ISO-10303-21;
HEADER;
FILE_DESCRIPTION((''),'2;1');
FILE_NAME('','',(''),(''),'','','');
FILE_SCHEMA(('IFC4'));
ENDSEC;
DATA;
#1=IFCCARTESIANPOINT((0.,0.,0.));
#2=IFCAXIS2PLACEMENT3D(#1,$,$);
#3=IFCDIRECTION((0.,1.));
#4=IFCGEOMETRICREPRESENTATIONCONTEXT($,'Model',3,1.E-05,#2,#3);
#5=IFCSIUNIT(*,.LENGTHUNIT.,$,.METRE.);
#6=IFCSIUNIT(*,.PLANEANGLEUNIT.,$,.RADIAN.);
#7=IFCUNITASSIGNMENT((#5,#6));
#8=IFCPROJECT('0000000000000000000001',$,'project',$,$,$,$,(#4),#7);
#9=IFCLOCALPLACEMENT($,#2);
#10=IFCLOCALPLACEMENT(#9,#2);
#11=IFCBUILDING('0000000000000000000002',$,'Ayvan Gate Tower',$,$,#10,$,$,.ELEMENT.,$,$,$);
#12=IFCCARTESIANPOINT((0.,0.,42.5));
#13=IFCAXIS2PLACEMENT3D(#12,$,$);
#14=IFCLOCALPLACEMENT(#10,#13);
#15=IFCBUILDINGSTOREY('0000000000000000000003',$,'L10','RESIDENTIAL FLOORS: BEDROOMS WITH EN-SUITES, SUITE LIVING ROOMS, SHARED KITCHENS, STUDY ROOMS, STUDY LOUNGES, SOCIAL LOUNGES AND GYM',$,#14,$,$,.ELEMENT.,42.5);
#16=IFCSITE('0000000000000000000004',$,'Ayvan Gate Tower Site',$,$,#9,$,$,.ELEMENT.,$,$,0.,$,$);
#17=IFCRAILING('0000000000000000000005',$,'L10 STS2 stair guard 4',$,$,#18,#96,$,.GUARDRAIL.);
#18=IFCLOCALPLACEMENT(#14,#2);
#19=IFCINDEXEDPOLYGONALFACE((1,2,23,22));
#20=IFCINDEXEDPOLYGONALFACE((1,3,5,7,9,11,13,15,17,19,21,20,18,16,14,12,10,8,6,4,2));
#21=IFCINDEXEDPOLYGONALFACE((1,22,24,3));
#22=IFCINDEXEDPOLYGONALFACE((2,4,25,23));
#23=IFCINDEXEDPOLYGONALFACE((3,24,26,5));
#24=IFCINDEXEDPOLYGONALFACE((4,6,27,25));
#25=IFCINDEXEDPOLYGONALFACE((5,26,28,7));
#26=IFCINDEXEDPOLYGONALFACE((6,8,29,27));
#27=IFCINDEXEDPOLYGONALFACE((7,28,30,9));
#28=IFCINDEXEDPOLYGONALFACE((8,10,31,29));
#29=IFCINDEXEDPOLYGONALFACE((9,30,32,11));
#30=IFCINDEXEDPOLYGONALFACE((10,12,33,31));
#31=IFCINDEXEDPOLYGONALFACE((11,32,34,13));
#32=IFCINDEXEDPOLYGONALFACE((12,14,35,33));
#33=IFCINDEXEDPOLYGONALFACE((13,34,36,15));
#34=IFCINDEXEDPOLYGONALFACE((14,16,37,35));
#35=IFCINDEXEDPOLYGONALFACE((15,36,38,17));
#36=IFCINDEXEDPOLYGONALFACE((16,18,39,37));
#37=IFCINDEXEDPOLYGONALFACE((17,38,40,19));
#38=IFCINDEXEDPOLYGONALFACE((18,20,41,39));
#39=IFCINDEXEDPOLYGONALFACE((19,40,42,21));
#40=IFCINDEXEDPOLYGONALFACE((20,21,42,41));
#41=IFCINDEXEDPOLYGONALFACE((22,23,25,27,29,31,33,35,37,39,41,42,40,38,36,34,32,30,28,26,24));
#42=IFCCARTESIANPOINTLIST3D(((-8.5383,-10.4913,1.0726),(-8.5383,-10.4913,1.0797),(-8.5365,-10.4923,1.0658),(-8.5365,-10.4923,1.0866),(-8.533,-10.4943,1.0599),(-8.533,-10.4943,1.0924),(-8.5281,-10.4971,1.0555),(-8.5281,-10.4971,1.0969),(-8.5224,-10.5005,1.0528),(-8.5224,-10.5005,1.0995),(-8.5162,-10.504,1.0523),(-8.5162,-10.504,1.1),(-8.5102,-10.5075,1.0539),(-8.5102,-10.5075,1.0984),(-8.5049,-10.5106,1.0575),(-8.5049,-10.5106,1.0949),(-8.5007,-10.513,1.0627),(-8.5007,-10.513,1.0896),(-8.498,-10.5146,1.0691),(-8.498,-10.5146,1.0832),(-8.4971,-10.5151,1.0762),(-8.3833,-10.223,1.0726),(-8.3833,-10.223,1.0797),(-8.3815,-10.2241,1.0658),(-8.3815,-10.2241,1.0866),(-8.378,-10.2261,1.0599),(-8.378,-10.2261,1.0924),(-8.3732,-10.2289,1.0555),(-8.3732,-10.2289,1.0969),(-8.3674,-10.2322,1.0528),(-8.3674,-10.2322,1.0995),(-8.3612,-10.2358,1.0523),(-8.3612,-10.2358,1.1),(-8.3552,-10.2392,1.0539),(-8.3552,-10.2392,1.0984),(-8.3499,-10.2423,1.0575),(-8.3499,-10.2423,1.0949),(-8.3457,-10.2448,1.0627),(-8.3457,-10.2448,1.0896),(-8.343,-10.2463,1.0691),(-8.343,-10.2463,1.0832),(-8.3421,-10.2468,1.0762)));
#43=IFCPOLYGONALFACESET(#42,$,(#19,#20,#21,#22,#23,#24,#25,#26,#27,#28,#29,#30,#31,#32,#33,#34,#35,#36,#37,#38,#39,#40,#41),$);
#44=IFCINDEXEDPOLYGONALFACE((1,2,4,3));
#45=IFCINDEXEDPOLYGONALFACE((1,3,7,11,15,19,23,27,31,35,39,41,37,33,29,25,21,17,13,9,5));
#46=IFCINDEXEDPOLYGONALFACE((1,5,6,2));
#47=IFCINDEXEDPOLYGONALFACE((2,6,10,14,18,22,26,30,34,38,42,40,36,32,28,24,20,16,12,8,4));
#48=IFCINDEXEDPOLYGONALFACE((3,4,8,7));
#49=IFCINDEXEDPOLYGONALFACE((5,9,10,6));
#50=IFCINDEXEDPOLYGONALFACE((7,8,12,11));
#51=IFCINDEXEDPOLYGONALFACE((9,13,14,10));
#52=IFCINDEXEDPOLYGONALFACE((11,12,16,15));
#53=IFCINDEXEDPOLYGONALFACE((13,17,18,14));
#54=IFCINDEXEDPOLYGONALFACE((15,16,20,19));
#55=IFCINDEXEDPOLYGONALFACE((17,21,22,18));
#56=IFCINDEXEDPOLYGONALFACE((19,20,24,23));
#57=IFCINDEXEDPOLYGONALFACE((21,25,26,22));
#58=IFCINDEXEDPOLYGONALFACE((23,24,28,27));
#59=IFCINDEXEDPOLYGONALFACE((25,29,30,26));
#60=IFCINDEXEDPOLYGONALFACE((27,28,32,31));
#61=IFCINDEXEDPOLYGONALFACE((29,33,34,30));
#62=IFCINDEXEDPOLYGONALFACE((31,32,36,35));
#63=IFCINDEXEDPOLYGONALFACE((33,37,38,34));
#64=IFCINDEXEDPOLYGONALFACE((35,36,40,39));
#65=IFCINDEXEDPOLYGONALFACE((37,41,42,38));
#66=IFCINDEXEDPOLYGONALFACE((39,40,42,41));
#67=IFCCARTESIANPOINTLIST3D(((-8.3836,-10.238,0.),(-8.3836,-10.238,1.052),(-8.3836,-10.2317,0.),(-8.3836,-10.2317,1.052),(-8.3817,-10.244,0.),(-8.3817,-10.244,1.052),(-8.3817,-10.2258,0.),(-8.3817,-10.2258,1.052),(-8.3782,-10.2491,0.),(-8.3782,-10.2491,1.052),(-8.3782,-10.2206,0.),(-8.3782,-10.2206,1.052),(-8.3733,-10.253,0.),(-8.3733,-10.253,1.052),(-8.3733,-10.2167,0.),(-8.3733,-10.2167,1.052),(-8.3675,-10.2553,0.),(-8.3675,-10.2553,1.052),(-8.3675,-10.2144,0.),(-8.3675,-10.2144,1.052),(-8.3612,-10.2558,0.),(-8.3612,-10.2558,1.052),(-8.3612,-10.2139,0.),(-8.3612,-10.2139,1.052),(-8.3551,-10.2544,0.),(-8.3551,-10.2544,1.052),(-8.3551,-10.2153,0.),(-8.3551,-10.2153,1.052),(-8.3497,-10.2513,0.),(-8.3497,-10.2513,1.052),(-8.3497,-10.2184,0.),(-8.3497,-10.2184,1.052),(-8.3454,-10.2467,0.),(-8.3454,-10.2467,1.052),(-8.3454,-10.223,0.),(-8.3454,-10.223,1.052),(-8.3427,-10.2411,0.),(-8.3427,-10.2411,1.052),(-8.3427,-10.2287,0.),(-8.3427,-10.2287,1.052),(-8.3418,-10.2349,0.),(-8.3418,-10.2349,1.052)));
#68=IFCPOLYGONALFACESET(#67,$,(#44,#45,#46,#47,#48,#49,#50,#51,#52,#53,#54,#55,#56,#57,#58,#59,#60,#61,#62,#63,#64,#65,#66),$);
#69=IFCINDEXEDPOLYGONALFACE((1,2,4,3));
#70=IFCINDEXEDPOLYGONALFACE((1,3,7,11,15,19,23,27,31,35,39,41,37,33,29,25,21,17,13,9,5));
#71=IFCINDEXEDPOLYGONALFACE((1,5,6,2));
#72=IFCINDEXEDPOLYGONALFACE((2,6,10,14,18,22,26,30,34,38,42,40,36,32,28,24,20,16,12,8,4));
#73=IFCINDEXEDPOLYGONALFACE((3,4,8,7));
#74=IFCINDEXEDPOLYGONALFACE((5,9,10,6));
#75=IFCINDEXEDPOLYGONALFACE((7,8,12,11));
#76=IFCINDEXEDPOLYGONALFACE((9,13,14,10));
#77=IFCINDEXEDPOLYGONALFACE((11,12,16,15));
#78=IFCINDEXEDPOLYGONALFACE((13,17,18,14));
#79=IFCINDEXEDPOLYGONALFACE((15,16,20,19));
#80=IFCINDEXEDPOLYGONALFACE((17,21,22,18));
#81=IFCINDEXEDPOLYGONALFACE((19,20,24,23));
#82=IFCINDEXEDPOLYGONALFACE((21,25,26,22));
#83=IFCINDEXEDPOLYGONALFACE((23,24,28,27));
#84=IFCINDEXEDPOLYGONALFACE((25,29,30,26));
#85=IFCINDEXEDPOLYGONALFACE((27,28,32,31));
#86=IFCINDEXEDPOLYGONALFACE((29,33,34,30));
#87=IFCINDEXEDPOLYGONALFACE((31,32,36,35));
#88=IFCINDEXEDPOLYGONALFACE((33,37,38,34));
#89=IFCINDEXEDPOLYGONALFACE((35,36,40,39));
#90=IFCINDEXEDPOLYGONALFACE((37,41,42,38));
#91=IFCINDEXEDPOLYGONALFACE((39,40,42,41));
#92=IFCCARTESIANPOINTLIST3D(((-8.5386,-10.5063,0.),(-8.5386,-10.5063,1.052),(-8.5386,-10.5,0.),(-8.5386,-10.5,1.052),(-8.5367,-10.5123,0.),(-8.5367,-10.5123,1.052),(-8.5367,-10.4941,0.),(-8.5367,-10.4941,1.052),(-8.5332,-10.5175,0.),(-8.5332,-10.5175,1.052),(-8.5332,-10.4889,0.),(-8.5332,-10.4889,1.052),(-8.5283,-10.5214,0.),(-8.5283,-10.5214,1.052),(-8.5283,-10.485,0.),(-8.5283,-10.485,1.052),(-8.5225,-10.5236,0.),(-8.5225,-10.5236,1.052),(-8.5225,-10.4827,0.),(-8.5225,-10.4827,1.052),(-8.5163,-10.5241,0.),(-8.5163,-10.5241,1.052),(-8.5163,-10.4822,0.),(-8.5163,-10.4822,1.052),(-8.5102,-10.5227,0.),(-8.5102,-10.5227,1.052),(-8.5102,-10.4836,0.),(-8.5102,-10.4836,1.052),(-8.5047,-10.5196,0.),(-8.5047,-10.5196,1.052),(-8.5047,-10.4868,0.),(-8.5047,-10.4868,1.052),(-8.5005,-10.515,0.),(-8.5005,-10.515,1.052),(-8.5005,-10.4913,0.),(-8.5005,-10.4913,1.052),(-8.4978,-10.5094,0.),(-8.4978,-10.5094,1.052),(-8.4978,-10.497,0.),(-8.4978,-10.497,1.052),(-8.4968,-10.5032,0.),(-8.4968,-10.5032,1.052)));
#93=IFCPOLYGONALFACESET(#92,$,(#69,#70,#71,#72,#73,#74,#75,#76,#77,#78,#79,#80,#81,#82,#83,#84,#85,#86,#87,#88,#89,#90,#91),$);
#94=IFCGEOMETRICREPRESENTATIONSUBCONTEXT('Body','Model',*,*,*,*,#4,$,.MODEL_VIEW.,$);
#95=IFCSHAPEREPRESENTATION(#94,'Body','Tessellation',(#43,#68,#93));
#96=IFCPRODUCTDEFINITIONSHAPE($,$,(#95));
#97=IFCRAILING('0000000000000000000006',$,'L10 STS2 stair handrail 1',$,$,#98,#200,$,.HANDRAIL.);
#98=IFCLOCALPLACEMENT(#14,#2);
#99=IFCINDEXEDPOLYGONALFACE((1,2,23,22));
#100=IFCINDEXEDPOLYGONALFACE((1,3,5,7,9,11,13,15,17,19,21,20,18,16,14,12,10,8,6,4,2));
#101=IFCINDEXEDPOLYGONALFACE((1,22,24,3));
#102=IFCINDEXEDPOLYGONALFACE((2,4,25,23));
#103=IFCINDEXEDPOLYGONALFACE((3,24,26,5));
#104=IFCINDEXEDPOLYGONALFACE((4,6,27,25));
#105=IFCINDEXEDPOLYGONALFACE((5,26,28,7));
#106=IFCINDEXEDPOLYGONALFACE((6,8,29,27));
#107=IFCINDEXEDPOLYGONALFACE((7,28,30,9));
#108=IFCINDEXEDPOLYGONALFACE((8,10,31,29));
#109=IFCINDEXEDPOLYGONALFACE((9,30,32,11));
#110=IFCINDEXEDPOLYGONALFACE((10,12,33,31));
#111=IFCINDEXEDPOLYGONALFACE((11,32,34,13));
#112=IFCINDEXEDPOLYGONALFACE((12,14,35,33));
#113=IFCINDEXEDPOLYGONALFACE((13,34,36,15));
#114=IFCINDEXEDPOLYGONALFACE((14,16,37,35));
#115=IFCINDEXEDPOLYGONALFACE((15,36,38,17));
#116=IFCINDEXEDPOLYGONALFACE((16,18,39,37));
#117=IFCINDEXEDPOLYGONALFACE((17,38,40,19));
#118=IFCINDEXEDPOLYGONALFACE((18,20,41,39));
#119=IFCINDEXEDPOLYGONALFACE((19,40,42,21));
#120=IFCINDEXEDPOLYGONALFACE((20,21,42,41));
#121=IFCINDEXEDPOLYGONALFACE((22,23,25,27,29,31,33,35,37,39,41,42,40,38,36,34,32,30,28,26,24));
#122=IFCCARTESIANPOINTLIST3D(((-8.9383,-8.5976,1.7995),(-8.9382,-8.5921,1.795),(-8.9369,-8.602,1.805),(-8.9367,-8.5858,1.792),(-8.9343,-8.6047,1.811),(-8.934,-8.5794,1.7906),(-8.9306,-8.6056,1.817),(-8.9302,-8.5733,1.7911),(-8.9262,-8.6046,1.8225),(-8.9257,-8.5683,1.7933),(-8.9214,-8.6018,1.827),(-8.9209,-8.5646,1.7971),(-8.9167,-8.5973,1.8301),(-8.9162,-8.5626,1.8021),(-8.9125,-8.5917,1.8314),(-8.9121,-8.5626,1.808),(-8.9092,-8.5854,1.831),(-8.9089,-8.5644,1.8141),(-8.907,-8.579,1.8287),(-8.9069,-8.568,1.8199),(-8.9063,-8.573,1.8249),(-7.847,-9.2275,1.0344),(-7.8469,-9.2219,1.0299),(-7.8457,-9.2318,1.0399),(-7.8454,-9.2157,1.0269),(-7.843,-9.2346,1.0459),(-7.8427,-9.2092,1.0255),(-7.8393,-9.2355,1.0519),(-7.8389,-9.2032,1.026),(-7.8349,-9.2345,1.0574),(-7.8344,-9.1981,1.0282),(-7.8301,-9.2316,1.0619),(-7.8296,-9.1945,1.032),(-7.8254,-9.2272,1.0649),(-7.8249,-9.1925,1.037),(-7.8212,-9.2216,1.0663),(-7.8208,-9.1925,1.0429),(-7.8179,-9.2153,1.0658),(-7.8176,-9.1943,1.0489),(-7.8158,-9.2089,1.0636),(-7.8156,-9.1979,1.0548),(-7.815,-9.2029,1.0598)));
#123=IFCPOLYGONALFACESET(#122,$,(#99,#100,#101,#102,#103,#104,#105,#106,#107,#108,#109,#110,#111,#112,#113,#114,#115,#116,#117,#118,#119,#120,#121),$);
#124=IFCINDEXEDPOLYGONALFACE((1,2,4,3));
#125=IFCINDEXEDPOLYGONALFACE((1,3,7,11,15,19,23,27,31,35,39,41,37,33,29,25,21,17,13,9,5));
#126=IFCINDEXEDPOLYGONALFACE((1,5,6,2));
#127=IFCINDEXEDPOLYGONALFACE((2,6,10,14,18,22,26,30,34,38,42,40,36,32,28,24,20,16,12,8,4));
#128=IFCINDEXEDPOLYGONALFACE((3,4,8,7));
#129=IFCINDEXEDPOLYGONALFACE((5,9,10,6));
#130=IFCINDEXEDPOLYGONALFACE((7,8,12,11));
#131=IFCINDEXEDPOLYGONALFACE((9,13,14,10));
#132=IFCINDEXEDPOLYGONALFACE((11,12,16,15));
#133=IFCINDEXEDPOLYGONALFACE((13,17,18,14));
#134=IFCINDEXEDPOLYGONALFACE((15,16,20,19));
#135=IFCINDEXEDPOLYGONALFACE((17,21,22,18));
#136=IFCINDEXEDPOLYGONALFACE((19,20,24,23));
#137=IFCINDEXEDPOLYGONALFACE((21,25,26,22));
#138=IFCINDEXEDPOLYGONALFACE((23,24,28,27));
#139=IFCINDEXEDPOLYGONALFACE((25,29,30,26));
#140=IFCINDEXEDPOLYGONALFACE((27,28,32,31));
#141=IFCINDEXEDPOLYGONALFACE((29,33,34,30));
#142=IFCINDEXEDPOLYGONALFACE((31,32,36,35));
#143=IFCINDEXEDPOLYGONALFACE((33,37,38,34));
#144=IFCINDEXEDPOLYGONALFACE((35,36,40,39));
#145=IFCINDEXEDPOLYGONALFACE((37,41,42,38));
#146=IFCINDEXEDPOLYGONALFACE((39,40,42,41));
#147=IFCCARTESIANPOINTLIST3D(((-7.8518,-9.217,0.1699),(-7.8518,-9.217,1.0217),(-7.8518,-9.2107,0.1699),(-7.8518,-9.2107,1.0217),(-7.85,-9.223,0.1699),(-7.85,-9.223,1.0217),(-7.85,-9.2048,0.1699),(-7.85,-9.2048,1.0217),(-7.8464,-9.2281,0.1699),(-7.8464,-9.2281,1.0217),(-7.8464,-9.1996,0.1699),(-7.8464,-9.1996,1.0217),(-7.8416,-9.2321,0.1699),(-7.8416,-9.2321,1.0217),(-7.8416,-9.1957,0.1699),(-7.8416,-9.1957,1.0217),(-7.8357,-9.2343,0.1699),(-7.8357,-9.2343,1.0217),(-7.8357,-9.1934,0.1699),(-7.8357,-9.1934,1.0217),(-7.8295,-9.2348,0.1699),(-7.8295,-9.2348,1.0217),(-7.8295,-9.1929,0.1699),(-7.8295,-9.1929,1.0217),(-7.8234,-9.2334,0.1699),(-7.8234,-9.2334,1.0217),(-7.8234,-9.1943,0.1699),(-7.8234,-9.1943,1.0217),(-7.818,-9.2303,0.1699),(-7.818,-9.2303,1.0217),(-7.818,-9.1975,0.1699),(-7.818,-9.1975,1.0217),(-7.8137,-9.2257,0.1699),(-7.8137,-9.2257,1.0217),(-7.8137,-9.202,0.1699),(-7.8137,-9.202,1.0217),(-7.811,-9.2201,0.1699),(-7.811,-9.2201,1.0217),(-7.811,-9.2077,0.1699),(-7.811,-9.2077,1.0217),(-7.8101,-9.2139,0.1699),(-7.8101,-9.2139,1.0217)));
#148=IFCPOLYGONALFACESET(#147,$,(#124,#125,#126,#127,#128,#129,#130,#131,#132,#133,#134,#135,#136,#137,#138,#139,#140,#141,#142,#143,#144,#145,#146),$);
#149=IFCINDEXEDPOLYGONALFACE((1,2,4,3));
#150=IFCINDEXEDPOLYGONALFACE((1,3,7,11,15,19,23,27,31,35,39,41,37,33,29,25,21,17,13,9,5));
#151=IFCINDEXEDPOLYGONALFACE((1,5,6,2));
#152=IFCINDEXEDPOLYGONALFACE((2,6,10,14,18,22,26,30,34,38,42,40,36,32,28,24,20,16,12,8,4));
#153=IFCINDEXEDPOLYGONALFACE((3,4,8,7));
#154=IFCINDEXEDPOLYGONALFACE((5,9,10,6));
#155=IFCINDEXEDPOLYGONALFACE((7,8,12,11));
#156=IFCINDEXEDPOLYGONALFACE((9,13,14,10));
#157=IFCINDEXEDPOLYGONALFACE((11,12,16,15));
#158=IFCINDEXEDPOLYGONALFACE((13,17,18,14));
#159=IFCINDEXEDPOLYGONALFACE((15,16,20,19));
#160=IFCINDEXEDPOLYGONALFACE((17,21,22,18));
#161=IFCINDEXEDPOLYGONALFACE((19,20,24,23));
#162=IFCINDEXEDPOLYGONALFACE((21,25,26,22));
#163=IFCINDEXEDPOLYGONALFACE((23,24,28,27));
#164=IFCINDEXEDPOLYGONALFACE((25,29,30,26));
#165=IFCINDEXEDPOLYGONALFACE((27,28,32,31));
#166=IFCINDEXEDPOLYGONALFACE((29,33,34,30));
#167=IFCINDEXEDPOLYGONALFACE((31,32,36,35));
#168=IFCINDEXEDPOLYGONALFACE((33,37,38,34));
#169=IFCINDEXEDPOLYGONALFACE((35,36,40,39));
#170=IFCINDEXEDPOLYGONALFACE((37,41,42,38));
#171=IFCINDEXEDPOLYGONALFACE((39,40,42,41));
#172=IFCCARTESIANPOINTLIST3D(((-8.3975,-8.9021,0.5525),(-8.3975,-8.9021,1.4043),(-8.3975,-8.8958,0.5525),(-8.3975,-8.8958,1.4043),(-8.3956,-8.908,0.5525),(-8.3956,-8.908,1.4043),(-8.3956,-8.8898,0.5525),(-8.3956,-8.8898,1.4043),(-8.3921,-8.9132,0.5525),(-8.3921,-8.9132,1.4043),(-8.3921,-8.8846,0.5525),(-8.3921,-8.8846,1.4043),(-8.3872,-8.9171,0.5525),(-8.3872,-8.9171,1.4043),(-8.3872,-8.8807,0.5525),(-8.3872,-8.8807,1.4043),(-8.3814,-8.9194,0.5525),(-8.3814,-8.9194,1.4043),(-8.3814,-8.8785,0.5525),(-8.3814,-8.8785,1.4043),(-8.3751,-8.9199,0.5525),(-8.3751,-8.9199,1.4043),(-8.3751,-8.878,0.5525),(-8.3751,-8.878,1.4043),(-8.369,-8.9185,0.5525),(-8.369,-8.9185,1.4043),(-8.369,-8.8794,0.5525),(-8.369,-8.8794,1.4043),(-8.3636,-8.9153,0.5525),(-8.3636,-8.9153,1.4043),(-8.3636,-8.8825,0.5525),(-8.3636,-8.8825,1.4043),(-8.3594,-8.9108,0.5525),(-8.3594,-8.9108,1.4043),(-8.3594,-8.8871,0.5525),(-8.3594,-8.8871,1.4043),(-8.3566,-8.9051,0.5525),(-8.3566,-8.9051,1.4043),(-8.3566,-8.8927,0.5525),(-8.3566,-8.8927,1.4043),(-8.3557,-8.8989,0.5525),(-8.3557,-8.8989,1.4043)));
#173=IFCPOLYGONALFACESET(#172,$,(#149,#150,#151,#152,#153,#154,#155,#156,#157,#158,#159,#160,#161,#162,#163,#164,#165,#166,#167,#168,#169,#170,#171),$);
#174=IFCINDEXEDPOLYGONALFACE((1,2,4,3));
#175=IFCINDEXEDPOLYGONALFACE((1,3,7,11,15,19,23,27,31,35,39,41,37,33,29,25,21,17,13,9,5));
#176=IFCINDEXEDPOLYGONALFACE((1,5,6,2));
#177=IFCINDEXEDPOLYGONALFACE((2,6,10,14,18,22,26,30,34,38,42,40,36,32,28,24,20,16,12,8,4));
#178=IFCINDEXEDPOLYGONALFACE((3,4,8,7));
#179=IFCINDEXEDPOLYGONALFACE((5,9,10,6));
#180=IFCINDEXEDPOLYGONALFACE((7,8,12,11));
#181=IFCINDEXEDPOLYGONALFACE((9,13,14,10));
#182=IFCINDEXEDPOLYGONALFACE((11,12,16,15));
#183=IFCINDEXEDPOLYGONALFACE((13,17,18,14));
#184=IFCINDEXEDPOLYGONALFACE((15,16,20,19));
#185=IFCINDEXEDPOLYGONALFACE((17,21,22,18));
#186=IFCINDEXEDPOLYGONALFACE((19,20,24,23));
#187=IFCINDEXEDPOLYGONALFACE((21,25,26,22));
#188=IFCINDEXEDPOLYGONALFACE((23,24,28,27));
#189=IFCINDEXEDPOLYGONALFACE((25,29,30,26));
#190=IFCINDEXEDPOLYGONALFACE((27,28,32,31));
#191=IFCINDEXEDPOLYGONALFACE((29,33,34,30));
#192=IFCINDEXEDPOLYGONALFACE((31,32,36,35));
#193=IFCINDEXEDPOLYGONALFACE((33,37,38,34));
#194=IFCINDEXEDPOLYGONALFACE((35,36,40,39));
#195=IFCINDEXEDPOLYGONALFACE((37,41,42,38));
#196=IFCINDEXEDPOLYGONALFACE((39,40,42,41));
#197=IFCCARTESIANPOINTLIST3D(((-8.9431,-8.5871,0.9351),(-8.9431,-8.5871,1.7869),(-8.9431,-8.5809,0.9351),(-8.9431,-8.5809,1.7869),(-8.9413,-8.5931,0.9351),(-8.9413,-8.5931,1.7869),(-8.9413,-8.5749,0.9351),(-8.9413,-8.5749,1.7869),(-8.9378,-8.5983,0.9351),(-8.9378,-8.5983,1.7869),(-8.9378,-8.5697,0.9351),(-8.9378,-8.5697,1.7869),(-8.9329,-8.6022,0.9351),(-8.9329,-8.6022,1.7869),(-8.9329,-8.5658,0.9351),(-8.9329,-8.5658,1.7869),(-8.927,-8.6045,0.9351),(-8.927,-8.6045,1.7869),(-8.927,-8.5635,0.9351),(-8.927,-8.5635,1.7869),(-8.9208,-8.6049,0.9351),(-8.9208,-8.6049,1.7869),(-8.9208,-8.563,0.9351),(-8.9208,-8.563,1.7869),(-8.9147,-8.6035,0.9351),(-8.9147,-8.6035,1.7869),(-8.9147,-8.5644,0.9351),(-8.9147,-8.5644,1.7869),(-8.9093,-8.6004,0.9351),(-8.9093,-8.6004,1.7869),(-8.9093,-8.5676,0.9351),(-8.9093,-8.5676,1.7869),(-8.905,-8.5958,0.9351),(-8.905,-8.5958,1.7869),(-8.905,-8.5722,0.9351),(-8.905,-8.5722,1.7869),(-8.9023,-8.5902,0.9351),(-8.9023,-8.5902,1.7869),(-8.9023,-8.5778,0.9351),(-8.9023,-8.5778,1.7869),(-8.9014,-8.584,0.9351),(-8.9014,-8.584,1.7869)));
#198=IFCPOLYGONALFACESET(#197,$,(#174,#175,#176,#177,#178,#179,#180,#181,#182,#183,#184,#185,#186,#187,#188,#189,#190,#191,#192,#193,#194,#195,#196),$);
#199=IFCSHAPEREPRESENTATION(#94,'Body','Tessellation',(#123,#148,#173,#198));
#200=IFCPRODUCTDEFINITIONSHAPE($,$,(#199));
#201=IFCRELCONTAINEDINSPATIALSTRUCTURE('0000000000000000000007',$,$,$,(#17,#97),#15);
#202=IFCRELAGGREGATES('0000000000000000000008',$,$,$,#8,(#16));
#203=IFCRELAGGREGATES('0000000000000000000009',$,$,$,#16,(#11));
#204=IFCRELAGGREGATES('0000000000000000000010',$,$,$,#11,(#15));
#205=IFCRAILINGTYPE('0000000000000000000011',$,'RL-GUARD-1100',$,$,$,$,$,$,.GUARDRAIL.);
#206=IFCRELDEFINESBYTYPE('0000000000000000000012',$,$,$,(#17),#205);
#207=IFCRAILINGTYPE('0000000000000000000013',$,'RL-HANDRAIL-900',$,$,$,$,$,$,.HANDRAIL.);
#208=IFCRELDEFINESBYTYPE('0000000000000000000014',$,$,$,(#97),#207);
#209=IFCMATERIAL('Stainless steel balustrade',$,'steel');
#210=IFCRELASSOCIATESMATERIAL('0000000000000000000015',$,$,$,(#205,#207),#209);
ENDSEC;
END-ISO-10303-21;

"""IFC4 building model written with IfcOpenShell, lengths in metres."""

from ifc_helpers import new_model, si_unit, direction, frame, origin, origin_2d, place, context, subcontext, project, spatial, circle, extrude, material, type_object, element, save


model = new_model("IFC4")

# Units and contexts
model_context = context("Model", 3, precision=1e-05, world=origin(), true_north=direction((0.0, 1.0)))
body_context = subcontext(model_context, "Body", "Model", "MODEL_VIEW")
ifc_project = project(units=[si_unit("LENGTHUNIT", "METRE"), si_unit("PLANEANGLEUNIT", "RADIAN")], contexts=[model_context])

# Site, building, storey
site_placement = place(None, origin())
site = spatial("IfcSite", under=ifc_project, at=site_placement, Name="Ayvan Gate Tower Site", CompositionType="ELEMENT", RefElevation=0.0)
building_placement = place(site_placement, origin())
building = spatial("IfcBuilding", under=site, at=building_placement, Name="Ayvan Gate Tower", CompositionType="ELEMENT")
storey_placement = place(building_placement, frame((0.0, 0.0, 42.5)))
storey = spatial("IfcBuildingStorey", under=building, at=storey_placement, Name="L10", Description="RESIDENTIAL FLOORS: BEDROOMS WITH EN-SUITES, SUITE LIVING ROOMS, SHARED KITCHENS, STUDY ROOMS, STUDY LOUNGES, SOCIAL LOUNGES AND GYM", CompositionType="ELEMENT", Elevation=42.5)

# Railings
ifc_material_1 = material(Name="Stainless steel balustrade", Category="steel")
railing_type_1 = type_object("IfcRailingType", Name="RL-GUARD-1100", PredefinedType="GUARDRAIL", material=ifc_material_1)
railing_1_placement = place(storey_placement, frame((-8.3628, -10.2349, 0.0)))
element("IfcRailing", 1, at=railing_1_placement, inside=storey, type_object=railing_type_1, Name="L10 STS2 stair guard 4", PredefinedType="GUARDRAIL", context=body_context, shape_type="SweptSolid", body=[
    extrude(circle(Radius=0.0239, at=origin_2d()), frame((0.0, 0.0, 1.0762), z_axis=(-0.500291, -0.865857, 0.0), x_axis=(0.865857, -0.500291, 0.0)), (0.0, 0.0, 1.0), 0.3098),
    extrude(circle(Radius=0.021, at=origin_2d()), origin(), (0.0, 0.0, 1.0), 1.052),
    extrude(circle(Radius=0.021, at=origin_2d()), frame((-0.155, -0.2683, 0.0)), (0.0, 0.0, 1.0), 1.052),
])
railing_type_2 = type_object("IfcRailingType", Name="RL-HANDRAIL-900", PredefinedType="HANDRAIL", material=ifc_material_1)
railing_2_placement = place(storey_placement, frame((-7.8311, -9.2139, 0.1699)))
element("IfcRailing", 2, at=railing_2_placement, inside=storey, type_object=railing_type_2, Name="L10 STS2 stair handrail 1", PredefinedType="HANDRAIL", context=body_context, shape_type="SweptSolid", body=[
    extrude(circle(Radius=0.0239, at=origin_2d()), frame((0.0, 0.0, 0.876), z_axis=(-0.740293, 0.427283, 0.519033), x_axis=(-0.49989, -0.866089, 0.0)), (0.0, 0.0, 1.0), 1.4741),
    extrude(circle(Radius=0.021, at=origin_2d()), origin(), (0.0, 0.0, 1.0), 0.8518),
    extrude(circle(Radius=0.021, at=origin_2d()), frame((-0.5457, 0.3149, 0.3826)), (0.0, 0.0, 1.0), 0.8518),
    extrude(circle(Radius=0.021, at=origin_2d()), frame((-1.0913, 0.6299, 0.7651)), (0.0, 0.0, 1.0), 0.8518),
])

save(model, "model.ifc")
